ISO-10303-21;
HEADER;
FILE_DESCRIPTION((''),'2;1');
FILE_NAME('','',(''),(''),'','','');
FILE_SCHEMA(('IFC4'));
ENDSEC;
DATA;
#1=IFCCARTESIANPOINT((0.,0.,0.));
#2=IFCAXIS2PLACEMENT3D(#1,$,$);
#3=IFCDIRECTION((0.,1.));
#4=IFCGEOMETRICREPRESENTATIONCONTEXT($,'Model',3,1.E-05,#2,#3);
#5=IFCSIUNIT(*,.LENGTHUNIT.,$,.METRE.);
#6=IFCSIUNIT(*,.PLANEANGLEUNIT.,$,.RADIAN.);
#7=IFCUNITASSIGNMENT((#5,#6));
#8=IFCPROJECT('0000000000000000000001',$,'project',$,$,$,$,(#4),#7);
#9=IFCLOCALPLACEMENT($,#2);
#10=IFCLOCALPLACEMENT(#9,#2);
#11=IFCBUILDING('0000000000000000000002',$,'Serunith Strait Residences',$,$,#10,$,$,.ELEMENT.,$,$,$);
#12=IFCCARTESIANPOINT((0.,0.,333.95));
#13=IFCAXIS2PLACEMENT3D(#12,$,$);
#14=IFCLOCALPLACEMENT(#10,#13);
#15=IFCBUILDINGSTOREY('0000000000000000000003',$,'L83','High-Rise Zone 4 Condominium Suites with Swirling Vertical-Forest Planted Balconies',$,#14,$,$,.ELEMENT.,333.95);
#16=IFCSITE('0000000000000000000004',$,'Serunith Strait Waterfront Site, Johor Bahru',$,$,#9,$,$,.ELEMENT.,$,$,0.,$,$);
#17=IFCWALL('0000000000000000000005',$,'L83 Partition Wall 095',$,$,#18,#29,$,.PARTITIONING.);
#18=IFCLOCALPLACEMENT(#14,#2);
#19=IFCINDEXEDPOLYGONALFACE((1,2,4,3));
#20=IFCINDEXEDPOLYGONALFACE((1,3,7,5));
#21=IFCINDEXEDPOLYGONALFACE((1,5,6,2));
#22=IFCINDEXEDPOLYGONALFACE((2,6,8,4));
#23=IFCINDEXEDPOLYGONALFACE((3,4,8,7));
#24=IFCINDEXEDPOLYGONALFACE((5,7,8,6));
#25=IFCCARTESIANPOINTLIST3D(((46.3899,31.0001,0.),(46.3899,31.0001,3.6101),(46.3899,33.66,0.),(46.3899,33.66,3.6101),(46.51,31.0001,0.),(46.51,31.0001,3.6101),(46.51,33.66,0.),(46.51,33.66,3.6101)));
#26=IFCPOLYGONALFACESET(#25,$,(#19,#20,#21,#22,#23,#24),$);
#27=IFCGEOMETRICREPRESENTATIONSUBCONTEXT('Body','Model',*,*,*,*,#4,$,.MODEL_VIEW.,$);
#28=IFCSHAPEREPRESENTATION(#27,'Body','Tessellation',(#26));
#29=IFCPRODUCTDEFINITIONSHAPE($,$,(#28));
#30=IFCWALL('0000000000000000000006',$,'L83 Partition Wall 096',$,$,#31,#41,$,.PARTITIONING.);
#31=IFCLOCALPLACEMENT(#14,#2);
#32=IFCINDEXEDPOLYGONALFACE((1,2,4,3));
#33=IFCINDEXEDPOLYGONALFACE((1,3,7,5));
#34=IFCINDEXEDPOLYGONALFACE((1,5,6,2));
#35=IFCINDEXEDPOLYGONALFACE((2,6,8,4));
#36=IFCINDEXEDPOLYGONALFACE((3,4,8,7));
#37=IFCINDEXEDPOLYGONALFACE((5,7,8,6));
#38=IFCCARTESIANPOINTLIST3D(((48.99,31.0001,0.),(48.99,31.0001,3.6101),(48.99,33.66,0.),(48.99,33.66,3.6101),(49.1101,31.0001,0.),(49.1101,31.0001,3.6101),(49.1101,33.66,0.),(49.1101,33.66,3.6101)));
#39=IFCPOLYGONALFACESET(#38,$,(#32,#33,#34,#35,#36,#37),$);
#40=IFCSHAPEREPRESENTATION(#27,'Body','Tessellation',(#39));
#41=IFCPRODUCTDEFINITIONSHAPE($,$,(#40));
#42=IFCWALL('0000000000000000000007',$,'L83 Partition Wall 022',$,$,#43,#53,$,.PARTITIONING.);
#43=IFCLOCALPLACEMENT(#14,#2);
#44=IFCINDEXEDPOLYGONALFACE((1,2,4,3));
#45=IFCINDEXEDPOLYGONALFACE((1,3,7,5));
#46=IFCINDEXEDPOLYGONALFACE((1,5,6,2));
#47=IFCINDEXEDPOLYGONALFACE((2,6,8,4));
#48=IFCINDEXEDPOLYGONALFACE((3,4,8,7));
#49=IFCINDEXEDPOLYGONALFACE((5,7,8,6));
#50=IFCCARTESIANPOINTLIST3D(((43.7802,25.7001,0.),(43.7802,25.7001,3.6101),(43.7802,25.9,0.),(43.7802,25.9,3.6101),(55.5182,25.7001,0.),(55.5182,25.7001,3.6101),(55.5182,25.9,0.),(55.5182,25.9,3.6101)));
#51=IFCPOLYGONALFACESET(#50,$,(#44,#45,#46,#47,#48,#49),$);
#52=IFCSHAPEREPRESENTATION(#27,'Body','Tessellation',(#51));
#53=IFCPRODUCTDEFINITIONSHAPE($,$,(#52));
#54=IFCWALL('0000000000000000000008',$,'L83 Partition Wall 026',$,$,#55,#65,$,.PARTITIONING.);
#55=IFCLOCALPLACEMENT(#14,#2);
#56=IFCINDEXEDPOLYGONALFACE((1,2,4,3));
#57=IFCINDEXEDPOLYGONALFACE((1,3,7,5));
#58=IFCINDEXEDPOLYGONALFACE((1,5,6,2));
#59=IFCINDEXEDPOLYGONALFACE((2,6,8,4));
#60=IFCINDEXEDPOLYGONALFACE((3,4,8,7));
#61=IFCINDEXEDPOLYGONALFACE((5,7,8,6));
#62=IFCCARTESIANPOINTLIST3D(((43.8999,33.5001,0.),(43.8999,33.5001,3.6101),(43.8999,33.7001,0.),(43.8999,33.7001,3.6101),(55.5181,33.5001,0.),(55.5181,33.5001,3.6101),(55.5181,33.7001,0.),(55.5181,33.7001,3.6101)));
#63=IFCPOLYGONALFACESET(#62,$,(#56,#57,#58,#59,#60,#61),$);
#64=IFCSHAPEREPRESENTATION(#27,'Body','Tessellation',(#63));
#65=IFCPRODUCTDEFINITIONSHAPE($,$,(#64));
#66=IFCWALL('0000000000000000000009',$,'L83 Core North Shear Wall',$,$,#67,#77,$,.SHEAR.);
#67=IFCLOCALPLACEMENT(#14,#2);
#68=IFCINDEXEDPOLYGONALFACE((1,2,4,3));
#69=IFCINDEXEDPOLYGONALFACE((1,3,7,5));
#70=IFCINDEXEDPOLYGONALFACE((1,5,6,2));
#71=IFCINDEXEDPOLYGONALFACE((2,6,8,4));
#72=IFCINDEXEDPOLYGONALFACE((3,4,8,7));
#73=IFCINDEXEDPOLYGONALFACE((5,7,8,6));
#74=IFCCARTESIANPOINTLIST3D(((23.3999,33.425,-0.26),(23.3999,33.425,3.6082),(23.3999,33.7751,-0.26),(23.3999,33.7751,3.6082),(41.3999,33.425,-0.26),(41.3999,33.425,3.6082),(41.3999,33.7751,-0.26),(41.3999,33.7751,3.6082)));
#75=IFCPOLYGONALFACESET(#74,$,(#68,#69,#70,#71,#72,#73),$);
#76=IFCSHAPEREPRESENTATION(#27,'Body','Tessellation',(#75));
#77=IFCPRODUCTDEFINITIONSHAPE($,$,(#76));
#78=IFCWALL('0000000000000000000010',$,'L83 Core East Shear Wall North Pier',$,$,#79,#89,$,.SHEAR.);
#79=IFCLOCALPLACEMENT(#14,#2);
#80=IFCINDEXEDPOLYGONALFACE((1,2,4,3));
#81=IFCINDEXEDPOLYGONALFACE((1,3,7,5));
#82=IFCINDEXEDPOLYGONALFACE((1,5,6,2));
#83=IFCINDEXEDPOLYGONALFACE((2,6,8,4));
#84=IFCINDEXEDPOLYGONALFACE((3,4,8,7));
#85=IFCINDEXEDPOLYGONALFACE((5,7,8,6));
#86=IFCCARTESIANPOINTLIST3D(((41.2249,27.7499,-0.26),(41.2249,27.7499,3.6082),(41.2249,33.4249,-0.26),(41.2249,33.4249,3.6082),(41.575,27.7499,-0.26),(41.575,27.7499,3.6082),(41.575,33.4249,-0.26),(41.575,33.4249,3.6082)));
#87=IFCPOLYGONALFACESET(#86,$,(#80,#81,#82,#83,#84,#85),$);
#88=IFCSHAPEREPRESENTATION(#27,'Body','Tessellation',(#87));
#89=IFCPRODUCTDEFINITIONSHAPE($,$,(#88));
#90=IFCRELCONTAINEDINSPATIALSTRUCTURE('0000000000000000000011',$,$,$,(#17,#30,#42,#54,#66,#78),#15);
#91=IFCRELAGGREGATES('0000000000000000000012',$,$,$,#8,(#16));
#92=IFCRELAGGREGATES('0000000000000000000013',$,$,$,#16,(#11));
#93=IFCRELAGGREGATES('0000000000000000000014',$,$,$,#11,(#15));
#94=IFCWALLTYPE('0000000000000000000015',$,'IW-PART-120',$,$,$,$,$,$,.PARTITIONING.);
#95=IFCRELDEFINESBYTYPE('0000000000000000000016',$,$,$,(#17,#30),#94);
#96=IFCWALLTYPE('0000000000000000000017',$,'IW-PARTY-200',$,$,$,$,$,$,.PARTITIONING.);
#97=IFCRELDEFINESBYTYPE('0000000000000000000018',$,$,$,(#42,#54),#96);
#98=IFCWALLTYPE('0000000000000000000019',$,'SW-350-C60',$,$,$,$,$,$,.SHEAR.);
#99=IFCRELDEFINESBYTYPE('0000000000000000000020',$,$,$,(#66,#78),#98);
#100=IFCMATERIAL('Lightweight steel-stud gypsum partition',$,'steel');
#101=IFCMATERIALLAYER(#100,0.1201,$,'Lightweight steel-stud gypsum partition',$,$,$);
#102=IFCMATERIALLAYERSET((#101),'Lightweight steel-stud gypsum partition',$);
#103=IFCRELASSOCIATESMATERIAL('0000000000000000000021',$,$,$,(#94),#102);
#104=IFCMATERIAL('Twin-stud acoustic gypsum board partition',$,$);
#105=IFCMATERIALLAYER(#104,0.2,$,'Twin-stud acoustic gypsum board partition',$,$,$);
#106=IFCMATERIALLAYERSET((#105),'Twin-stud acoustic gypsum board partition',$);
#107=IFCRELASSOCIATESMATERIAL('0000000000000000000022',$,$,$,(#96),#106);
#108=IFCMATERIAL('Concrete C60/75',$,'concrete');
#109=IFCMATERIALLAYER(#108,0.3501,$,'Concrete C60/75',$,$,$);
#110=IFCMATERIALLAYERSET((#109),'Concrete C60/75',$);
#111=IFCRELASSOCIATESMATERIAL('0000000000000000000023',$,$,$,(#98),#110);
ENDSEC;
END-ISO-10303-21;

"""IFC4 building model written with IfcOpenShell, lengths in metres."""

from ifc_helpers import new_model, si_unit, direction, frame, frame_2d, origin, place, context, subcontext, project, spatial, rectangle, extrude, material, layer, layer_set, type_object, element, save


model = new_model("IFC4")

# Units and contexts
model_context = context("Model", 3, precision=1e-05, world=origin(), true_north=direction((0.0, 1.0)))
body_context = subcontext(model_context, "Body", "Model", "MODEL_VIEW")
ifc_project = project(units=[si_unit("LENGTHUNIT", "METRE"), si_unit("PLANEANGLEUNIT", "RADIAN")], contexts=[model_context])

# Site, building, storey
site_placement = place(None, origin())
site = spatial("IfcSite", under=ifc_project, at=site_placement, Name="Serunith Strait Waterfront Site, Johor Bahru", CompositionType="ELEMENT", RefElevation=0.0)
building_placement = place(site_placement, origin())
building = spatial("IfcBuilding", under=site, at=building_placement, Name="Serunith Strait Residences", CompositionType="ELEMENT")
storey_placement = place(building_placement, frame((0.0, 0.0, 333.95)))
storey = spatial("IfcBuildingStorey", under=building, at=storey_placement, Name="L83", Description="High-Rise Zone 4 Condominium Suites with Swirling Vertical-Forest Planted Balconies", CompositionType="ELEMENT", Elevation=333.95)

# Shared definitions
ifc_material_1 = material(Name="Lightweight steel-stud gypsum partition", Category="steel")
ifc_layer_1 = layer(ifc_material_1, 0.1201, Name="Lightweight steel-stud gypsum partition")
ifc_layer_set_1 = layer_set([ifc_layer_1], Name="Lightweight steel-stud gypsum partition")
wall_type_1 = type_object("IfcWallType", Name="IW-PART-120", PredefinedType="PARTITIONING", material=ifc_layer_set_1)

# Walls
for number, where, z_axis, x_axis, name in (
    (1, (46.45, 31.0, 0.0), (0.0, 0.0, 1.0), (0.0, 1.0, 0.0), "L83 Partition Wall 095"),
    (2, (49.05, 31.0, 0.0), (0.0, 0.0, 1.0), (0.0, 1.0, 0.0), "L83 Partition Wall 096"),
):
    element("IfcWall", number, at=place(storey_placement, frame(where, z_axis=z_axis, x_axis=x_axis)), inside=storey, type_object=wall_type_1, Name=name, PredefinedType="PARTITIONING", context=body_context, shape_type="SweptSolid", body=[
        extrude(rectangle(XDim=2.6599, YDim=0.1201, at=frame_2d((1.3301, 0.0))), origin(), (0.0, 0.0, 1.0), 3.6101),
    ])
ifc_material_2 = material(Name="Twin-stud acoustic gypsum board partition")
ifc_layer_2 = layer(ifc_material_2, 0.2, Name="Twin-stud acoustic gypsum board partition")
ifc_layer_set_2 = layer_set([ifc_layer_2], Name="Twin-stud acoustic gypsum board partition")
wall_type_2 = type_object("IfcWallType", Name="IW-PARTY-200", PredefinedType="PARTITIONING", material=ifc_layer_set_2)
wall_1_placement = place(storey_placement, frame((43.78, 25.8, 0.0), z_axis=(0.0, 0.0, 1.0), x_axis=(1.0, 0.0, 0.0)))
element("IfcWall", 3, at=wall_1_placement, inside=storey, type_object=wall_type_2, Name="L83 Partition Wall 022", PredefinedType="PARTITIONING", context=body_context, shape_type="SweptSolid", body=[
    extrude(rectangle(XDim=11.738, YDim=0.2, at=frame_2d((5.8691, 0.0))), origin(), (0.0, 0.0, 1.0), 3.6101),
])
wall_2_placement = place(storey_placement, frame((43.8999, 33.6001, 0.0), z_axis=(0.0, 0.0, 1.0), x_axis=(1.0, 0.0, 0.0)))
element("IfcWall", 4, at=wall_2_placement, inside=storey, type_object=wall_type_2, Name="L83 Partition Wall 026", PredefinedType="PARTITIONING", context=body_context, shape_type="SweptSolid", body=[
    extrude(rectangle(XDim=11.6182, YDim=0.2, at=frame_2d((5.8091, 0.0))), origin(), (0.0, 0.0, 1.0), 3.6101),
])

# Walls
ifc_material_3 = material(Name="Concrete C60/75", Category="concrete")
ifc_layer_3 = layer(ifc_material_3, 0.3501, Name="Concrete C60/75")
ifc_layer_set_3 = layer_set([ifc_layer_3], Name="Concrete C60/75")
wall_type_3 = type_object("IfcWallType", Name="SW-350-C60", PredefinedType="SHEAR", material=ifc_layer_set_3)
wall_3_placement = place(storey_placement, frame((41.3999, 33.6001, -0.26), z_axis=(0.0, 0.0, 1.0), x_axis=(-1.0, 0.0, 0.0)))
element("IfcWall", 5, at=wall_3_placement, inside=storey, type_object=wall_type_3, Name="L83 Core North Shear Wall", PredefinedType="SHEAR", context=body_context, shape_type="SweptSolid", body=[
    extrude(rectangle(XDim=18.0, YDim=0.3501, at=frame_2d((9.0, 0.0))), origin(), (0.0, 0.0, 1.0), 3.8682),
])
wall_4_placement = place(storey_placement, frame((41.3999, 27.75, -0.26), z_axis=(0.0, 0.0, 1.0), x_axis=(0.0, 1.0, 0.0)))
element("IfcWall", 6, at=wall_4_placement, inside=storey, type_object=wall_type_3, Name="L83 Core East Shear Wall North Pier", PredefinedType="SHEAR", context=body_context, shape_type="SweptSolid", body=[
    extrude(rectangle(XDim=5.675, YDim=0.3501, at=frame_2d((2.8374, 0.0))), origin(), (0.0, 0.0, 1.0), 3.8682),
])

save(model, "model.ifc")
